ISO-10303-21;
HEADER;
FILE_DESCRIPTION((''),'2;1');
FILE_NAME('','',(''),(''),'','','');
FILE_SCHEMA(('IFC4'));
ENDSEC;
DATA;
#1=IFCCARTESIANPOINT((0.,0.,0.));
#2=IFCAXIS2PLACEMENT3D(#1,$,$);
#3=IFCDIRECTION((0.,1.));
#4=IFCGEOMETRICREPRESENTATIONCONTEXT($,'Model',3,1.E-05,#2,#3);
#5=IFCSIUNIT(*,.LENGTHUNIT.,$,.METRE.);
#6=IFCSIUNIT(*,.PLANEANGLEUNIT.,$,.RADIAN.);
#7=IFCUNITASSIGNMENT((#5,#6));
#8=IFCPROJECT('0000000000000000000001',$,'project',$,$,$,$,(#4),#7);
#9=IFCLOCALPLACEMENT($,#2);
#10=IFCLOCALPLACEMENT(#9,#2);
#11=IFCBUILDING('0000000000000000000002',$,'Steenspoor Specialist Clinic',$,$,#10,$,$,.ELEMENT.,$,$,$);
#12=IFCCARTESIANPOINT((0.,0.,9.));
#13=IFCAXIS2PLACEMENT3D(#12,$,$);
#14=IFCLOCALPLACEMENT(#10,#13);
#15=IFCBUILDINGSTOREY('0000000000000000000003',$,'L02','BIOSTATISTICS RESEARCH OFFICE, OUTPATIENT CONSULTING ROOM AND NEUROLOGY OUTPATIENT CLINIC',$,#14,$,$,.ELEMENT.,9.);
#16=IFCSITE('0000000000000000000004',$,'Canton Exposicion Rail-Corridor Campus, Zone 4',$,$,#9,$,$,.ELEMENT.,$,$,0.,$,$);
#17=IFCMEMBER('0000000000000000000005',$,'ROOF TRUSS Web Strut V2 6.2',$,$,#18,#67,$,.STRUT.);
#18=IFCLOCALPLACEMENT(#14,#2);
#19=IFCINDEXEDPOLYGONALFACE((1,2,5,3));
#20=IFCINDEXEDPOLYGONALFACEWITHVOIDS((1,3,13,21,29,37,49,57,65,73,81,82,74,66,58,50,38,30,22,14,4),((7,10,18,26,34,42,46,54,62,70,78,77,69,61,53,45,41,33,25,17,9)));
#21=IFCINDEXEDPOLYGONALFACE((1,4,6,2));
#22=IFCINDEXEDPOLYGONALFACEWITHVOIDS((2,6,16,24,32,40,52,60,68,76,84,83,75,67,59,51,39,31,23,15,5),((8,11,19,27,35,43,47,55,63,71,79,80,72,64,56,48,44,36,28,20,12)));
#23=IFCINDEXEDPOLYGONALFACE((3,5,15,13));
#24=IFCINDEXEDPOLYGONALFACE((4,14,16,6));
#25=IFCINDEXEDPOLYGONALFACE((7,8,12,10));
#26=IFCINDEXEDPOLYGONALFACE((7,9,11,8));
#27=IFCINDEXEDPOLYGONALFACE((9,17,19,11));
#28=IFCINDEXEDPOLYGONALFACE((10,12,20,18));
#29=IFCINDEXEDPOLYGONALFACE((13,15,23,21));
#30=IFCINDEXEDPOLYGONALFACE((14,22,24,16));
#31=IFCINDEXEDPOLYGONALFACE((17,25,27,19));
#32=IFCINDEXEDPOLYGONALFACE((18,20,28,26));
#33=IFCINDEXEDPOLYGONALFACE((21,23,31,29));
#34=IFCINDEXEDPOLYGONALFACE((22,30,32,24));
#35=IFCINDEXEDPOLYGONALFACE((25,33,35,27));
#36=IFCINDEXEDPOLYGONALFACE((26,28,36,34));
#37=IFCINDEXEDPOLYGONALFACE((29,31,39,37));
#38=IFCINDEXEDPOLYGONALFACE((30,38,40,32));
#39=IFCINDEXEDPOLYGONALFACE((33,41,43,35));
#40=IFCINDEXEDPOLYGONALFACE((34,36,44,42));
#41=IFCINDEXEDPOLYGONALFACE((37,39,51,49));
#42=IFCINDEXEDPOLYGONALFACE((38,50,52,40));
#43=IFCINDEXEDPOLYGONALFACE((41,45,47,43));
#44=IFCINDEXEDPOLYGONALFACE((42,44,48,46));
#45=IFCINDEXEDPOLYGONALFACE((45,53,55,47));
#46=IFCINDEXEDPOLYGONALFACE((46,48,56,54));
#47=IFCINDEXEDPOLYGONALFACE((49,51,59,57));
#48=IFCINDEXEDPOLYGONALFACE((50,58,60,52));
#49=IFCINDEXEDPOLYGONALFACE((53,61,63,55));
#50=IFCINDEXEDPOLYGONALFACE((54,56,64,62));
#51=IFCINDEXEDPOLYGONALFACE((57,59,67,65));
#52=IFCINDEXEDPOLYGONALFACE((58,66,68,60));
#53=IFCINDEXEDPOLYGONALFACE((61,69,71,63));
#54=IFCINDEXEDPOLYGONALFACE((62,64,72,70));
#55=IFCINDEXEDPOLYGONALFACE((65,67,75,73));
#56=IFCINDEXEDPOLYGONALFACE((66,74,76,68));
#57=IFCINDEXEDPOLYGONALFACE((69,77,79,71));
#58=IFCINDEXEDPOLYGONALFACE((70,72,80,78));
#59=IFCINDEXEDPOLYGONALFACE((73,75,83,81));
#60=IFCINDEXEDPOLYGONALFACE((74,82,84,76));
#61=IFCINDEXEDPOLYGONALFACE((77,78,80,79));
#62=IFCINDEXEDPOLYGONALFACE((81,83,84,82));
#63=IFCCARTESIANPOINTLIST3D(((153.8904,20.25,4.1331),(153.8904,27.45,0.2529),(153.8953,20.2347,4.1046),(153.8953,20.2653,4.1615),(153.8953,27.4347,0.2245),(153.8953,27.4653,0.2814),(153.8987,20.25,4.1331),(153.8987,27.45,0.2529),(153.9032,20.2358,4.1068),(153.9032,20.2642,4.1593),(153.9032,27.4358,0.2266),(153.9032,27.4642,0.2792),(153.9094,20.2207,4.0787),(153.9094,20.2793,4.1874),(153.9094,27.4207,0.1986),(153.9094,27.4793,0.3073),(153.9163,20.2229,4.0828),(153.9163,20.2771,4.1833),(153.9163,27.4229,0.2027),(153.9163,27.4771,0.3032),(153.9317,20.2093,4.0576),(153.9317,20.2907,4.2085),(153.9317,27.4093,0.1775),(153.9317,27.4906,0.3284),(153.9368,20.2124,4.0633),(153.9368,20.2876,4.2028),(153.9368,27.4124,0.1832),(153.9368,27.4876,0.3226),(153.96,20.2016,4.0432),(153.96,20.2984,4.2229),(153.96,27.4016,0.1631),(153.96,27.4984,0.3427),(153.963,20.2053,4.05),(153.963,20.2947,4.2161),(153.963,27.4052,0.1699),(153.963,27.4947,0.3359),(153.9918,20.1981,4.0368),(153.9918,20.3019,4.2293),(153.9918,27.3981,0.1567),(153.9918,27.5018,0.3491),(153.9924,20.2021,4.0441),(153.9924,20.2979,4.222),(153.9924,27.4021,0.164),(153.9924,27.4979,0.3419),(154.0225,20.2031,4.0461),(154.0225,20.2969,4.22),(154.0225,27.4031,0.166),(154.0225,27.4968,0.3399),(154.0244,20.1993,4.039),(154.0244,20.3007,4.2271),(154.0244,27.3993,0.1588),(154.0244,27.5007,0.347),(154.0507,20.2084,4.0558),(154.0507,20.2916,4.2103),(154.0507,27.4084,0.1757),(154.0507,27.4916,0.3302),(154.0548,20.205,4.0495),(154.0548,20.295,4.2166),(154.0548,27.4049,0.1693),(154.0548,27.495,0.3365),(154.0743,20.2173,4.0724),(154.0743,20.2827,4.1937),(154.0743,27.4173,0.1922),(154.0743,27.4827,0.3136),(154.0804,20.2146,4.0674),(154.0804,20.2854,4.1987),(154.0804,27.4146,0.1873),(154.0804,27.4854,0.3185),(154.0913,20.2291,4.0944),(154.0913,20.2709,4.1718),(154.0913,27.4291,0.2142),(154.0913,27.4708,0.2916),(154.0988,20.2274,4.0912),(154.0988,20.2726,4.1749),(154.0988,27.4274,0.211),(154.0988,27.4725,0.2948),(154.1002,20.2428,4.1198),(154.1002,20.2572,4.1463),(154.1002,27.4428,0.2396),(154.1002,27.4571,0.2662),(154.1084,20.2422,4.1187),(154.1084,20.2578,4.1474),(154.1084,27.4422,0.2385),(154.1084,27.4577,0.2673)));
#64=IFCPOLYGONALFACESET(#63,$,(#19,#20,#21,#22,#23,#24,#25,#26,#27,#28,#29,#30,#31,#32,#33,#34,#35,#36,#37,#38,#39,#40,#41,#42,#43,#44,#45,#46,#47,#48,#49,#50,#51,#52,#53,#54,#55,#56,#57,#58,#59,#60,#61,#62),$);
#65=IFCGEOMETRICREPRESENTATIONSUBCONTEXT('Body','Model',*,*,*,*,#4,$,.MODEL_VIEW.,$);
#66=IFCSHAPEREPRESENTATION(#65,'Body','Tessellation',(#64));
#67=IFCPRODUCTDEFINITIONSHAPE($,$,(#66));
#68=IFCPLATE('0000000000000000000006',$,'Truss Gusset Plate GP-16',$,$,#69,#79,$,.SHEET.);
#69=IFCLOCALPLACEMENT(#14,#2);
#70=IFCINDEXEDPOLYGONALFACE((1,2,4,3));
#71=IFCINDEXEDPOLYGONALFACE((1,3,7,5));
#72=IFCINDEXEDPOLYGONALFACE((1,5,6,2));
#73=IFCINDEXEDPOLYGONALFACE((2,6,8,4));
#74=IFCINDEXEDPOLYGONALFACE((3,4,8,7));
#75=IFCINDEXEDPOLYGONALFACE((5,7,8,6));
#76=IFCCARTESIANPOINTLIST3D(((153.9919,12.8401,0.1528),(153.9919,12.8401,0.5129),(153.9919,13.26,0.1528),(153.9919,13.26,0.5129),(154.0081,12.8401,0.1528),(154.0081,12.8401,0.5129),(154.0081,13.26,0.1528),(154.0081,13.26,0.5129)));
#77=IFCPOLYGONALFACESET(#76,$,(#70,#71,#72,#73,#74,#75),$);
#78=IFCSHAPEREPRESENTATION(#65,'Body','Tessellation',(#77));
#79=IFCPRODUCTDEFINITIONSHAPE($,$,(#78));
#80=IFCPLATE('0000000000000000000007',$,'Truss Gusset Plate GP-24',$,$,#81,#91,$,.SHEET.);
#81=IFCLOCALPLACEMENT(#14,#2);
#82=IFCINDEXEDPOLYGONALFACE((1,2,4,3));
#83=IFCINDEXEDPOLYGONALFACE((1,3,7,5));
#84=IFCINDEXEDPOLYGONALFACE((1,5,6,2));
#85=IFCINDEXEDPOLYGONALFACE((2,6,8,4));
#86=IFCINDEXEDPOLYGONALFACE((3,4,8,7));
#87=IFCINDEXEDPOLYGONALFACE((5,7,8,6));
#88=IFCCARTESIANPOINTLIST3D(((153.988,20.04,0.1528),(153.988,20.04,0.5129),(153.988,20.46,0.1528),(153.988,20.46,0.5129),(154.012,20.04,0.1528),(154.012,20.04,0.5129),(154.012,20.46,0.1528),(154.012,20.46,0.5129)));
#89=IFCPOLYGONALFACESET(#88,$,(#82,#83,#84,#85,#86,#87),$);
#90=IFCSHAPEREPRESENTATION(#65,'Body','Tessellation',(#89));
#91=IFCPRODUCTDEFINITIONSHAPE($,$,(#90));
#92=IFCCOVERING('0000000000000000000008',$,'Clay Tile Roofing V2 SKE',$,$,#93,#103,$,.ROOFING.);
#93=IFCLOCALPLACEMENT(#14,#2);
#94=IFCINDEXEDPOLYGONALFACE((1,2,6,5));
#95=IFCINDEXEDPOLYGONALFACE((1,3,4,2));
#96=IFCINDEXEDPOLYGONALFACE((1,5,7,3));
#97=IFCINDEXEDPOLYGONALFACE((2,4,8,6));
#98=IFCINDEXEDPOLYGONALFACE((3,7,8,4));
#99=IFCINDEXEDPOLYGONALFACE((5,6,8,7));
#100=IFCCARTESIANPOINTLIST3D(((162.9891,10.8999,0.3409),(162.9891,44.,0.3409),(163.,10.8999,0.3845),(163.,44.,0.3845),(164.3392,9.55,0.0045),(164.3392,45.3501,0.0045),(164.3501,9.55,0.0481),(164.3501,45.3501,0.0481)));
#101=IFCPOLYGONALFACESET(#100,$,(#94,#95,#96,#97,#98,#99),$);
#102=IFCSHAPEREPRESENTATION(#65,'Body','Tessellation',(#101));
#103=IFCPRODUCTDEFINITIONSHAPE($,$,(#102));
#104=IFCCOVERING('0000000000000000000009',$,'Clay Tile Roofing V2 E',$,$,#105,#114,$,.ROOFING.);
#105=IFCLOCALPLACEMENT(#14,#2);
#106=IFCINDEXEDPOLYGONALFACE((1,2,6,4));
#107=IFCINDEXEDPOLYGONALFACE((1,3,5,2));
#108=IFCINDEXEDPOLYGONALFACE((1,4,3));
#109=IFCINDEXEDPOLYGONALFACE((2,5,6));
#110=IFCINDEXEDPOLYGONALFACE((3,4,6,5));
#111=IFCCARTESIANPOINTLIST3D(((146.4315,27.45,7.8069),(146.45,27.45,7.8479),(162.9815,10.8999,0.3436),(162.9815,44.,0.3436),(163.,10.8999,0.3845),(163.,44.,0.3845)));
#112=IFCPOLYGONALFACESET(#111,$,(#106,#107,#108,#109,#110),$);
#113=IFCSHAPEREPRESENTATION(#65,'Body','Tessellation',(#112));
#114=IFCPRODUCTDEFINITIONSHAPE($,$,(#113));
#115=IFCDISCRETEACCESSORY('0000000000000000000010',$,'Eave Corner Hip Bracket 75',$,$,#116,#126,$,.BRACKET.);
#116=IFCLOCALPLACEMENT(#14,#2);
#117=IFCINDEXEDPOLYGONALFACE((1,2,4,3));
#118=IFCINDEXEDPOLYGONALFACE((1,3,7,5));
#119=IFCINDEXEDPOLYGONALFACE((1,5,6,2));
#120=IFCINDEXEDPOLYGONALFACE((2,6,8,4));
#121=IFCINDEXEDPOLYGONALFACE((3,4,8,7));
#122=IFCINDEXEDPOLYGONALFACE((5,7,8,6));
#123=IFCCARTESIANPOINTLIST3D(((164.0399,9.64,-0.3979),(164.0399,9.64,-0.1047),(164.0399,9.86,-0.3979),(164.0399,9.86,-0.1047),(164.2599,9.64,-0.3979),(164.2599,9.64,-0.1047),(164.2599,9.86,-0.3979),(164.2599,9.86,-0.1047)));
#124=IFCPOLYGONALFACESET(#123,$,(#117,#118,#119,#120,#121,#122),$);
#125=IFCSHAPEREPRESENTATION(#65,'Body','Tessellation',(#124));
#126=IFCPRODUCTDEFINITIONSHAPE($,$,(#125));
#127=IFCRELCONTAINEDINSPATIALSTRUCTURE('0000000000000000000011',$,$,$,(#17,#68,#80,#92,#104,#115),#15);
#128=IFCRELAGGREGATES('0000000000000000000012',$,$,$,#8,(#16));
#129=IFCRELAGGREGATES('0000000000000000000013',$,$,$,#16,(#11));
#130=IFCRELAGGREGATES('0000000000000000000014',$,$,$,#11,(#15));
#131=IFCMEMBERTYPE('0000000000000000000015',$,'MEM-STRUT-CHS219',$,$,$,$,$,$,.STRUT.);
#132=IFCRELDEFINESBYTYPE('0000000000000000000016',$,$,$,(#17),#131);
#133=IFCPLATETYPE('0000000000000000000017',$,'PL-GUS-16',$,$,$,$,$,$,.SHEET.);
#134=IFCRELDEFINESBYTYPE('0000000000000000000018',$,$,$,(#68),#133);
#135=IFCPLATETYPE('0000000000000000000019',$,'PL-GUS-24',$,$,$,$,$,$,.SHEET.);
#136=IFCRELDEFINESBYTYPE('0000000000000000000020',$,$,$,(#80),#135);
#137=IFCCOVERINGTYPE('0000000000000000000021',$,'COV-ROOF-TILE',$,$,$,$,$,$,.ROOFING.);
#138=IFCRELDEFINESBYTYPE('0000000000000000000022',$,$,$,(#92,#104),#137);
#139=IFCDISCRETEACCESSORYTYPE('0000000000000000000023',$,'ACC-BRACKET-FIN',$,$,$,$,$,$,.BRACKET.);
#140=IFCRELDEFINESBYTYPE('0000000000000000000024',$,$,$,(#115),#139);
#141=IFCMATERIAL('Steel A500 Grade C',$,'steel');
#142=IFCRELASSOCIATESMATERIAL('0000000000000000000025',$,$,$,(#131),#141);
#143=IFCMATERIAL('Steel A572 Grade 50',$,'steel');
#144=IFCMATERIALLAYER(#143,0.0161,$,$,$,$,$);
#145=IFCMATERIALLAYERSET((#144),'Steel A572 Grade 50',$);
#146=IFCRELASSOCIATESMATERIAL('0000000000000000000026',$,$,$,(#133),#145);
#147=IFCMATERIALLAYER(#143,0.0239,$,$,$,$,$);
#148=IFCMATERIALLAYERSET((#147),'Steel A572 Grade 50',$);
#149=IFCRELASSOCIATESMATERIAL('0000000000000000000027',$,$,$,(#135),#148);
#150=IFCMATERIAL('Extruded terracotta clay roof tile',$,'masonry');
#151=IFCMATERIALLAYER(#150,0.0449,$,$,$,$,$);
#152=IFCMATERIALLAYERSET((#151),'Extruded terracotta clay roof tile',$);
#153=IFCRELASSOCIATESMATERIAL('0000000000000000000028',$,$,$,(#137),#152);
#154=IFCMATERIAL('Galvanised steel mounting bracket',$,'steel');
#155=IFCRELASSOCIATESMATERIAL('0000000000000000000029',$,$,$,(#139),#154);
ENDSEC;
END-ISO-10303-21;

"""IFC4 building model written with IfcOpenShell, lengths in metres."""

from ifc_helpers import new_model, si_unit, direction, frame, origin, origin_2d, place, context, subcontext, project, spatial, polyline, rectangle, hollow_circle, outline, extrude, material, layer, layer_set, material_profile, profile_set, type_object, element, save


model = new_model("IFC4")

# Units and contexts
model_context = context("Model", 3, precision=1e-05, world=origin(), true_north=direction((0.0, 1.0)))
body_context = subcontext(model_context, "Body", "Model", "MODEL_VIEW")
ifc_project = project(units=[si_unit("LENGTHUNIT", "METRE"), si_unit("PLANEANGLEUNIT", "RADIAN")], contexts=[model_context])

# Site, building, storey
site_placement = place(None, origin())
site = spatial("IfcSite", under=ifc_project, at=site_placement, Name="Canton Exposicion Rail-Corridor Campus, Zone 4", CompositionType="ELEMENT", RefElevation=0.0)
building_placement = place(site_placement, origin())
building = spatial("IfcBuilding", under=site, at=building_placement, Name="Steenspoor Specialist Clinic", CompositionType="ELEMENT")
storey_placement = place(building_placement, frame((0.0, 0.0, 9.0)))
storey = spatial("IfcBuildingStorey", under=building, at=storey_placement, Name="L02", Description="BIOSTATISTICS RESEARCH OFFICE, OUTPATIENT CONSULTING ROOM AND NEUROLOGY OUTPATIENT CLINIC", CompositionType="ELEMENT", Elevation=9.0)

# Member
ifc_material_1 = material(Name="Steel A500 Grade C", Category="steel")
ifc_material_profile_1 = material_profile(ifc_material_1, hollow_circle(Radius=0.1096, WallThickness=0.0083, at=origin_2d()), Name="CHS219X8.2")
ifc_profile_set_1 = profile_set([ifc_material_profile_1], Name="Steel A500 Grade C")
member_type_1 = type_object("IfcMemberType", Name="MEM-STRUT-CHS219", PredefinedType="STRUT", material=ifc_profile_set_1)
member_1_placement = place(storey_placement, frame((154.0, 20.25, 4.1331), z_axis=(0.0, 0.880306, -0.474406), x_axis=(-1.0, 0.0, 0.0)))
element("IfcMember", 1, at=member_1_placement, inside=storey, type_object=member_type_1, Name="ROOF TRUSS Web Strut V2 6.2", PredefinedType="STRUT", context=body_context, shape_type="SweptSolid", body=[
    extrude(hollow_circle(Radius=0.1096, WallThickness=0.0083, at=origin_2d()), origin(), (0.0, 0.0, 1.0), 8.179),
])

# Plates
ifc_material_2 = material(Name="Steel A572 Grade 50", Category="steel")
ifc_layer_1 = layer(ifc_material_2, 0.0161)
ifc_layer_set_1 = layer_set([ifc_layer_1], Name="Steel A572 Grade 50")
plate_type_1 = type_object("IfcPlateType", Name="PL-GUS-16", PredefinedType="SHEET", material=ifc_layer_set_1)
plate_1_placement = place(storey_placement, frame((154.0, 13.05, 0.1528), z_axis=(0.0, 0.0, 1.0), x_axis=(1.0, 0.0, 0.0)))
element("IfcPlate", 2, at=plate_1_placement, inside=storey, type_object=plate_type_1, Name="Truss Gusset Plate GP-16", PredefinedType="SHEET", context=body_context, shape_type="SweptSolid", body=[
    extrude(rectangle(XDim=0.0161, YDim=0.4199, at=origin_2d()), origin(), (0.0, 0.0, 1.0), 0.3601),
])
ifc_layer_2 = layer(ifc_material_2, 0.0239)
ifc_layer_set_2 = layer_set([ifc_layer_2], Name="Steel A572 Grade 50")
plate_type_2 = type_object("IfcPlateType", Name="PL-GUS-24", PredefinedType="SHEET", material=ifc_layer_set_2)
plate_2_placement = place(storey_placement, frame((154.0, 20.25, 0.1528), z_axis=(0.0, 0.0, 1.0), x_axis=(1.0, 0.0, 0.0)))
element("IfcPlate", 3, at=plate_2_placement, inside=storey, type_object=plate_type_2, Name="Truss Gusset Plate GP-24", PredefinedType="SHEET", context=body_context, shape_type="SweptSolid", body=[
    extrude(rectangle(XDim=0.0239, YDim=0.4199, at=origin_2d()), origin(), (0.0, 0.0, 1.0), 0.3601),
])

# Shared definitions
ifc_material_3 = material(Name="Extruded terracotta clay roof tile", Category="masonry")

# Coverings
ifc_layer_3 = layer(ifc_material_3, 0.0449)
ifc_layer_set_3 = layer_set([ifc_layer_3], Name="Extruded terracotta clay roof tile")
covering_type = type_object("IfcCoveringType", Name="COV-ROOF-TILE", PredefinedType="ROOFING", material=ifc_layer_set_3)
covering_1_placement = place(storey_placement, frame((164.3501, 9.55, 0.0481), z_axis=(0.241792, 0.0, 0.970328), x_axis=(0.0, 1.0, 0.0)))
element("IfcCovering", 4, at=covering_1_placement, inside=storey, type_object=covering_type, Name="Clay Tile Roofing V2 SKE", PredefinedType="ROOFING", context=body_context, shape_type="SweptSolid", body=[
    extrude(outline(polyline([(0.0, 0.0), (35.8, 0.0), (34.45, 1.3914), (1.3499, 1.3914), (0.0, 0.0)])), origin(), (0.0, 0.0, -1.0), 0.0449),
])
covering_2_placement = place(storey_placement, frame((163.0, 10.8999, 0.3845), z_axis=(0.411091, 0.0, 0.911594), x_axis=(0.0, 1.0, 0.0)))
element("IfcCovering", 5, at=covering_2_placement, inside=storey, type_object=covering_type, Name="Clay Tile Roofing V2 E", PredefinedType="ROOFING", context=body_context, shape_type="SweptSolid", body=[
    extrude(outline(polyline([(0.0, 0.0), (33.1001, 0.0), (16.55, 18.1551), (0.0, 0.0)])), origin(), (0.0, 0.0, -1.0), 0.0449),
])

# Discrete accessory
ifc_material_4 = material(Name="Galvanised steel mounting bracket", Category="steel")
discrete_accessory_type = type_object("IfcDiscreteAccessoryType", Name="ACC-BRACKET-FIN", PredefinedType="BRACKET", material=ifc_material_4)
discrete_accessory_placement = place(storey_placement, frame((164.1499, 9.75, -0.3979), z_axis=(0.0, 0.0, 1.0), x_axis=(1.0, 0.0, 0.0)))
element("IfcDiscreteAccessory", 6, at=discrete_accessory_placement, inside=storey, type_object=discrete_accessory_type, Name="Eave Corner Hip Bracket 75", PredefinedType="BRACKET", context=body_context, shape_type="SweptSolid", body=[
    extrude(rectangle(XDim=0.22, YDim=0.22, at=origin_2d()), origin(), (0.0, 0.0, 1.0), 0.2932),
])

save(model, "model.ifc")
